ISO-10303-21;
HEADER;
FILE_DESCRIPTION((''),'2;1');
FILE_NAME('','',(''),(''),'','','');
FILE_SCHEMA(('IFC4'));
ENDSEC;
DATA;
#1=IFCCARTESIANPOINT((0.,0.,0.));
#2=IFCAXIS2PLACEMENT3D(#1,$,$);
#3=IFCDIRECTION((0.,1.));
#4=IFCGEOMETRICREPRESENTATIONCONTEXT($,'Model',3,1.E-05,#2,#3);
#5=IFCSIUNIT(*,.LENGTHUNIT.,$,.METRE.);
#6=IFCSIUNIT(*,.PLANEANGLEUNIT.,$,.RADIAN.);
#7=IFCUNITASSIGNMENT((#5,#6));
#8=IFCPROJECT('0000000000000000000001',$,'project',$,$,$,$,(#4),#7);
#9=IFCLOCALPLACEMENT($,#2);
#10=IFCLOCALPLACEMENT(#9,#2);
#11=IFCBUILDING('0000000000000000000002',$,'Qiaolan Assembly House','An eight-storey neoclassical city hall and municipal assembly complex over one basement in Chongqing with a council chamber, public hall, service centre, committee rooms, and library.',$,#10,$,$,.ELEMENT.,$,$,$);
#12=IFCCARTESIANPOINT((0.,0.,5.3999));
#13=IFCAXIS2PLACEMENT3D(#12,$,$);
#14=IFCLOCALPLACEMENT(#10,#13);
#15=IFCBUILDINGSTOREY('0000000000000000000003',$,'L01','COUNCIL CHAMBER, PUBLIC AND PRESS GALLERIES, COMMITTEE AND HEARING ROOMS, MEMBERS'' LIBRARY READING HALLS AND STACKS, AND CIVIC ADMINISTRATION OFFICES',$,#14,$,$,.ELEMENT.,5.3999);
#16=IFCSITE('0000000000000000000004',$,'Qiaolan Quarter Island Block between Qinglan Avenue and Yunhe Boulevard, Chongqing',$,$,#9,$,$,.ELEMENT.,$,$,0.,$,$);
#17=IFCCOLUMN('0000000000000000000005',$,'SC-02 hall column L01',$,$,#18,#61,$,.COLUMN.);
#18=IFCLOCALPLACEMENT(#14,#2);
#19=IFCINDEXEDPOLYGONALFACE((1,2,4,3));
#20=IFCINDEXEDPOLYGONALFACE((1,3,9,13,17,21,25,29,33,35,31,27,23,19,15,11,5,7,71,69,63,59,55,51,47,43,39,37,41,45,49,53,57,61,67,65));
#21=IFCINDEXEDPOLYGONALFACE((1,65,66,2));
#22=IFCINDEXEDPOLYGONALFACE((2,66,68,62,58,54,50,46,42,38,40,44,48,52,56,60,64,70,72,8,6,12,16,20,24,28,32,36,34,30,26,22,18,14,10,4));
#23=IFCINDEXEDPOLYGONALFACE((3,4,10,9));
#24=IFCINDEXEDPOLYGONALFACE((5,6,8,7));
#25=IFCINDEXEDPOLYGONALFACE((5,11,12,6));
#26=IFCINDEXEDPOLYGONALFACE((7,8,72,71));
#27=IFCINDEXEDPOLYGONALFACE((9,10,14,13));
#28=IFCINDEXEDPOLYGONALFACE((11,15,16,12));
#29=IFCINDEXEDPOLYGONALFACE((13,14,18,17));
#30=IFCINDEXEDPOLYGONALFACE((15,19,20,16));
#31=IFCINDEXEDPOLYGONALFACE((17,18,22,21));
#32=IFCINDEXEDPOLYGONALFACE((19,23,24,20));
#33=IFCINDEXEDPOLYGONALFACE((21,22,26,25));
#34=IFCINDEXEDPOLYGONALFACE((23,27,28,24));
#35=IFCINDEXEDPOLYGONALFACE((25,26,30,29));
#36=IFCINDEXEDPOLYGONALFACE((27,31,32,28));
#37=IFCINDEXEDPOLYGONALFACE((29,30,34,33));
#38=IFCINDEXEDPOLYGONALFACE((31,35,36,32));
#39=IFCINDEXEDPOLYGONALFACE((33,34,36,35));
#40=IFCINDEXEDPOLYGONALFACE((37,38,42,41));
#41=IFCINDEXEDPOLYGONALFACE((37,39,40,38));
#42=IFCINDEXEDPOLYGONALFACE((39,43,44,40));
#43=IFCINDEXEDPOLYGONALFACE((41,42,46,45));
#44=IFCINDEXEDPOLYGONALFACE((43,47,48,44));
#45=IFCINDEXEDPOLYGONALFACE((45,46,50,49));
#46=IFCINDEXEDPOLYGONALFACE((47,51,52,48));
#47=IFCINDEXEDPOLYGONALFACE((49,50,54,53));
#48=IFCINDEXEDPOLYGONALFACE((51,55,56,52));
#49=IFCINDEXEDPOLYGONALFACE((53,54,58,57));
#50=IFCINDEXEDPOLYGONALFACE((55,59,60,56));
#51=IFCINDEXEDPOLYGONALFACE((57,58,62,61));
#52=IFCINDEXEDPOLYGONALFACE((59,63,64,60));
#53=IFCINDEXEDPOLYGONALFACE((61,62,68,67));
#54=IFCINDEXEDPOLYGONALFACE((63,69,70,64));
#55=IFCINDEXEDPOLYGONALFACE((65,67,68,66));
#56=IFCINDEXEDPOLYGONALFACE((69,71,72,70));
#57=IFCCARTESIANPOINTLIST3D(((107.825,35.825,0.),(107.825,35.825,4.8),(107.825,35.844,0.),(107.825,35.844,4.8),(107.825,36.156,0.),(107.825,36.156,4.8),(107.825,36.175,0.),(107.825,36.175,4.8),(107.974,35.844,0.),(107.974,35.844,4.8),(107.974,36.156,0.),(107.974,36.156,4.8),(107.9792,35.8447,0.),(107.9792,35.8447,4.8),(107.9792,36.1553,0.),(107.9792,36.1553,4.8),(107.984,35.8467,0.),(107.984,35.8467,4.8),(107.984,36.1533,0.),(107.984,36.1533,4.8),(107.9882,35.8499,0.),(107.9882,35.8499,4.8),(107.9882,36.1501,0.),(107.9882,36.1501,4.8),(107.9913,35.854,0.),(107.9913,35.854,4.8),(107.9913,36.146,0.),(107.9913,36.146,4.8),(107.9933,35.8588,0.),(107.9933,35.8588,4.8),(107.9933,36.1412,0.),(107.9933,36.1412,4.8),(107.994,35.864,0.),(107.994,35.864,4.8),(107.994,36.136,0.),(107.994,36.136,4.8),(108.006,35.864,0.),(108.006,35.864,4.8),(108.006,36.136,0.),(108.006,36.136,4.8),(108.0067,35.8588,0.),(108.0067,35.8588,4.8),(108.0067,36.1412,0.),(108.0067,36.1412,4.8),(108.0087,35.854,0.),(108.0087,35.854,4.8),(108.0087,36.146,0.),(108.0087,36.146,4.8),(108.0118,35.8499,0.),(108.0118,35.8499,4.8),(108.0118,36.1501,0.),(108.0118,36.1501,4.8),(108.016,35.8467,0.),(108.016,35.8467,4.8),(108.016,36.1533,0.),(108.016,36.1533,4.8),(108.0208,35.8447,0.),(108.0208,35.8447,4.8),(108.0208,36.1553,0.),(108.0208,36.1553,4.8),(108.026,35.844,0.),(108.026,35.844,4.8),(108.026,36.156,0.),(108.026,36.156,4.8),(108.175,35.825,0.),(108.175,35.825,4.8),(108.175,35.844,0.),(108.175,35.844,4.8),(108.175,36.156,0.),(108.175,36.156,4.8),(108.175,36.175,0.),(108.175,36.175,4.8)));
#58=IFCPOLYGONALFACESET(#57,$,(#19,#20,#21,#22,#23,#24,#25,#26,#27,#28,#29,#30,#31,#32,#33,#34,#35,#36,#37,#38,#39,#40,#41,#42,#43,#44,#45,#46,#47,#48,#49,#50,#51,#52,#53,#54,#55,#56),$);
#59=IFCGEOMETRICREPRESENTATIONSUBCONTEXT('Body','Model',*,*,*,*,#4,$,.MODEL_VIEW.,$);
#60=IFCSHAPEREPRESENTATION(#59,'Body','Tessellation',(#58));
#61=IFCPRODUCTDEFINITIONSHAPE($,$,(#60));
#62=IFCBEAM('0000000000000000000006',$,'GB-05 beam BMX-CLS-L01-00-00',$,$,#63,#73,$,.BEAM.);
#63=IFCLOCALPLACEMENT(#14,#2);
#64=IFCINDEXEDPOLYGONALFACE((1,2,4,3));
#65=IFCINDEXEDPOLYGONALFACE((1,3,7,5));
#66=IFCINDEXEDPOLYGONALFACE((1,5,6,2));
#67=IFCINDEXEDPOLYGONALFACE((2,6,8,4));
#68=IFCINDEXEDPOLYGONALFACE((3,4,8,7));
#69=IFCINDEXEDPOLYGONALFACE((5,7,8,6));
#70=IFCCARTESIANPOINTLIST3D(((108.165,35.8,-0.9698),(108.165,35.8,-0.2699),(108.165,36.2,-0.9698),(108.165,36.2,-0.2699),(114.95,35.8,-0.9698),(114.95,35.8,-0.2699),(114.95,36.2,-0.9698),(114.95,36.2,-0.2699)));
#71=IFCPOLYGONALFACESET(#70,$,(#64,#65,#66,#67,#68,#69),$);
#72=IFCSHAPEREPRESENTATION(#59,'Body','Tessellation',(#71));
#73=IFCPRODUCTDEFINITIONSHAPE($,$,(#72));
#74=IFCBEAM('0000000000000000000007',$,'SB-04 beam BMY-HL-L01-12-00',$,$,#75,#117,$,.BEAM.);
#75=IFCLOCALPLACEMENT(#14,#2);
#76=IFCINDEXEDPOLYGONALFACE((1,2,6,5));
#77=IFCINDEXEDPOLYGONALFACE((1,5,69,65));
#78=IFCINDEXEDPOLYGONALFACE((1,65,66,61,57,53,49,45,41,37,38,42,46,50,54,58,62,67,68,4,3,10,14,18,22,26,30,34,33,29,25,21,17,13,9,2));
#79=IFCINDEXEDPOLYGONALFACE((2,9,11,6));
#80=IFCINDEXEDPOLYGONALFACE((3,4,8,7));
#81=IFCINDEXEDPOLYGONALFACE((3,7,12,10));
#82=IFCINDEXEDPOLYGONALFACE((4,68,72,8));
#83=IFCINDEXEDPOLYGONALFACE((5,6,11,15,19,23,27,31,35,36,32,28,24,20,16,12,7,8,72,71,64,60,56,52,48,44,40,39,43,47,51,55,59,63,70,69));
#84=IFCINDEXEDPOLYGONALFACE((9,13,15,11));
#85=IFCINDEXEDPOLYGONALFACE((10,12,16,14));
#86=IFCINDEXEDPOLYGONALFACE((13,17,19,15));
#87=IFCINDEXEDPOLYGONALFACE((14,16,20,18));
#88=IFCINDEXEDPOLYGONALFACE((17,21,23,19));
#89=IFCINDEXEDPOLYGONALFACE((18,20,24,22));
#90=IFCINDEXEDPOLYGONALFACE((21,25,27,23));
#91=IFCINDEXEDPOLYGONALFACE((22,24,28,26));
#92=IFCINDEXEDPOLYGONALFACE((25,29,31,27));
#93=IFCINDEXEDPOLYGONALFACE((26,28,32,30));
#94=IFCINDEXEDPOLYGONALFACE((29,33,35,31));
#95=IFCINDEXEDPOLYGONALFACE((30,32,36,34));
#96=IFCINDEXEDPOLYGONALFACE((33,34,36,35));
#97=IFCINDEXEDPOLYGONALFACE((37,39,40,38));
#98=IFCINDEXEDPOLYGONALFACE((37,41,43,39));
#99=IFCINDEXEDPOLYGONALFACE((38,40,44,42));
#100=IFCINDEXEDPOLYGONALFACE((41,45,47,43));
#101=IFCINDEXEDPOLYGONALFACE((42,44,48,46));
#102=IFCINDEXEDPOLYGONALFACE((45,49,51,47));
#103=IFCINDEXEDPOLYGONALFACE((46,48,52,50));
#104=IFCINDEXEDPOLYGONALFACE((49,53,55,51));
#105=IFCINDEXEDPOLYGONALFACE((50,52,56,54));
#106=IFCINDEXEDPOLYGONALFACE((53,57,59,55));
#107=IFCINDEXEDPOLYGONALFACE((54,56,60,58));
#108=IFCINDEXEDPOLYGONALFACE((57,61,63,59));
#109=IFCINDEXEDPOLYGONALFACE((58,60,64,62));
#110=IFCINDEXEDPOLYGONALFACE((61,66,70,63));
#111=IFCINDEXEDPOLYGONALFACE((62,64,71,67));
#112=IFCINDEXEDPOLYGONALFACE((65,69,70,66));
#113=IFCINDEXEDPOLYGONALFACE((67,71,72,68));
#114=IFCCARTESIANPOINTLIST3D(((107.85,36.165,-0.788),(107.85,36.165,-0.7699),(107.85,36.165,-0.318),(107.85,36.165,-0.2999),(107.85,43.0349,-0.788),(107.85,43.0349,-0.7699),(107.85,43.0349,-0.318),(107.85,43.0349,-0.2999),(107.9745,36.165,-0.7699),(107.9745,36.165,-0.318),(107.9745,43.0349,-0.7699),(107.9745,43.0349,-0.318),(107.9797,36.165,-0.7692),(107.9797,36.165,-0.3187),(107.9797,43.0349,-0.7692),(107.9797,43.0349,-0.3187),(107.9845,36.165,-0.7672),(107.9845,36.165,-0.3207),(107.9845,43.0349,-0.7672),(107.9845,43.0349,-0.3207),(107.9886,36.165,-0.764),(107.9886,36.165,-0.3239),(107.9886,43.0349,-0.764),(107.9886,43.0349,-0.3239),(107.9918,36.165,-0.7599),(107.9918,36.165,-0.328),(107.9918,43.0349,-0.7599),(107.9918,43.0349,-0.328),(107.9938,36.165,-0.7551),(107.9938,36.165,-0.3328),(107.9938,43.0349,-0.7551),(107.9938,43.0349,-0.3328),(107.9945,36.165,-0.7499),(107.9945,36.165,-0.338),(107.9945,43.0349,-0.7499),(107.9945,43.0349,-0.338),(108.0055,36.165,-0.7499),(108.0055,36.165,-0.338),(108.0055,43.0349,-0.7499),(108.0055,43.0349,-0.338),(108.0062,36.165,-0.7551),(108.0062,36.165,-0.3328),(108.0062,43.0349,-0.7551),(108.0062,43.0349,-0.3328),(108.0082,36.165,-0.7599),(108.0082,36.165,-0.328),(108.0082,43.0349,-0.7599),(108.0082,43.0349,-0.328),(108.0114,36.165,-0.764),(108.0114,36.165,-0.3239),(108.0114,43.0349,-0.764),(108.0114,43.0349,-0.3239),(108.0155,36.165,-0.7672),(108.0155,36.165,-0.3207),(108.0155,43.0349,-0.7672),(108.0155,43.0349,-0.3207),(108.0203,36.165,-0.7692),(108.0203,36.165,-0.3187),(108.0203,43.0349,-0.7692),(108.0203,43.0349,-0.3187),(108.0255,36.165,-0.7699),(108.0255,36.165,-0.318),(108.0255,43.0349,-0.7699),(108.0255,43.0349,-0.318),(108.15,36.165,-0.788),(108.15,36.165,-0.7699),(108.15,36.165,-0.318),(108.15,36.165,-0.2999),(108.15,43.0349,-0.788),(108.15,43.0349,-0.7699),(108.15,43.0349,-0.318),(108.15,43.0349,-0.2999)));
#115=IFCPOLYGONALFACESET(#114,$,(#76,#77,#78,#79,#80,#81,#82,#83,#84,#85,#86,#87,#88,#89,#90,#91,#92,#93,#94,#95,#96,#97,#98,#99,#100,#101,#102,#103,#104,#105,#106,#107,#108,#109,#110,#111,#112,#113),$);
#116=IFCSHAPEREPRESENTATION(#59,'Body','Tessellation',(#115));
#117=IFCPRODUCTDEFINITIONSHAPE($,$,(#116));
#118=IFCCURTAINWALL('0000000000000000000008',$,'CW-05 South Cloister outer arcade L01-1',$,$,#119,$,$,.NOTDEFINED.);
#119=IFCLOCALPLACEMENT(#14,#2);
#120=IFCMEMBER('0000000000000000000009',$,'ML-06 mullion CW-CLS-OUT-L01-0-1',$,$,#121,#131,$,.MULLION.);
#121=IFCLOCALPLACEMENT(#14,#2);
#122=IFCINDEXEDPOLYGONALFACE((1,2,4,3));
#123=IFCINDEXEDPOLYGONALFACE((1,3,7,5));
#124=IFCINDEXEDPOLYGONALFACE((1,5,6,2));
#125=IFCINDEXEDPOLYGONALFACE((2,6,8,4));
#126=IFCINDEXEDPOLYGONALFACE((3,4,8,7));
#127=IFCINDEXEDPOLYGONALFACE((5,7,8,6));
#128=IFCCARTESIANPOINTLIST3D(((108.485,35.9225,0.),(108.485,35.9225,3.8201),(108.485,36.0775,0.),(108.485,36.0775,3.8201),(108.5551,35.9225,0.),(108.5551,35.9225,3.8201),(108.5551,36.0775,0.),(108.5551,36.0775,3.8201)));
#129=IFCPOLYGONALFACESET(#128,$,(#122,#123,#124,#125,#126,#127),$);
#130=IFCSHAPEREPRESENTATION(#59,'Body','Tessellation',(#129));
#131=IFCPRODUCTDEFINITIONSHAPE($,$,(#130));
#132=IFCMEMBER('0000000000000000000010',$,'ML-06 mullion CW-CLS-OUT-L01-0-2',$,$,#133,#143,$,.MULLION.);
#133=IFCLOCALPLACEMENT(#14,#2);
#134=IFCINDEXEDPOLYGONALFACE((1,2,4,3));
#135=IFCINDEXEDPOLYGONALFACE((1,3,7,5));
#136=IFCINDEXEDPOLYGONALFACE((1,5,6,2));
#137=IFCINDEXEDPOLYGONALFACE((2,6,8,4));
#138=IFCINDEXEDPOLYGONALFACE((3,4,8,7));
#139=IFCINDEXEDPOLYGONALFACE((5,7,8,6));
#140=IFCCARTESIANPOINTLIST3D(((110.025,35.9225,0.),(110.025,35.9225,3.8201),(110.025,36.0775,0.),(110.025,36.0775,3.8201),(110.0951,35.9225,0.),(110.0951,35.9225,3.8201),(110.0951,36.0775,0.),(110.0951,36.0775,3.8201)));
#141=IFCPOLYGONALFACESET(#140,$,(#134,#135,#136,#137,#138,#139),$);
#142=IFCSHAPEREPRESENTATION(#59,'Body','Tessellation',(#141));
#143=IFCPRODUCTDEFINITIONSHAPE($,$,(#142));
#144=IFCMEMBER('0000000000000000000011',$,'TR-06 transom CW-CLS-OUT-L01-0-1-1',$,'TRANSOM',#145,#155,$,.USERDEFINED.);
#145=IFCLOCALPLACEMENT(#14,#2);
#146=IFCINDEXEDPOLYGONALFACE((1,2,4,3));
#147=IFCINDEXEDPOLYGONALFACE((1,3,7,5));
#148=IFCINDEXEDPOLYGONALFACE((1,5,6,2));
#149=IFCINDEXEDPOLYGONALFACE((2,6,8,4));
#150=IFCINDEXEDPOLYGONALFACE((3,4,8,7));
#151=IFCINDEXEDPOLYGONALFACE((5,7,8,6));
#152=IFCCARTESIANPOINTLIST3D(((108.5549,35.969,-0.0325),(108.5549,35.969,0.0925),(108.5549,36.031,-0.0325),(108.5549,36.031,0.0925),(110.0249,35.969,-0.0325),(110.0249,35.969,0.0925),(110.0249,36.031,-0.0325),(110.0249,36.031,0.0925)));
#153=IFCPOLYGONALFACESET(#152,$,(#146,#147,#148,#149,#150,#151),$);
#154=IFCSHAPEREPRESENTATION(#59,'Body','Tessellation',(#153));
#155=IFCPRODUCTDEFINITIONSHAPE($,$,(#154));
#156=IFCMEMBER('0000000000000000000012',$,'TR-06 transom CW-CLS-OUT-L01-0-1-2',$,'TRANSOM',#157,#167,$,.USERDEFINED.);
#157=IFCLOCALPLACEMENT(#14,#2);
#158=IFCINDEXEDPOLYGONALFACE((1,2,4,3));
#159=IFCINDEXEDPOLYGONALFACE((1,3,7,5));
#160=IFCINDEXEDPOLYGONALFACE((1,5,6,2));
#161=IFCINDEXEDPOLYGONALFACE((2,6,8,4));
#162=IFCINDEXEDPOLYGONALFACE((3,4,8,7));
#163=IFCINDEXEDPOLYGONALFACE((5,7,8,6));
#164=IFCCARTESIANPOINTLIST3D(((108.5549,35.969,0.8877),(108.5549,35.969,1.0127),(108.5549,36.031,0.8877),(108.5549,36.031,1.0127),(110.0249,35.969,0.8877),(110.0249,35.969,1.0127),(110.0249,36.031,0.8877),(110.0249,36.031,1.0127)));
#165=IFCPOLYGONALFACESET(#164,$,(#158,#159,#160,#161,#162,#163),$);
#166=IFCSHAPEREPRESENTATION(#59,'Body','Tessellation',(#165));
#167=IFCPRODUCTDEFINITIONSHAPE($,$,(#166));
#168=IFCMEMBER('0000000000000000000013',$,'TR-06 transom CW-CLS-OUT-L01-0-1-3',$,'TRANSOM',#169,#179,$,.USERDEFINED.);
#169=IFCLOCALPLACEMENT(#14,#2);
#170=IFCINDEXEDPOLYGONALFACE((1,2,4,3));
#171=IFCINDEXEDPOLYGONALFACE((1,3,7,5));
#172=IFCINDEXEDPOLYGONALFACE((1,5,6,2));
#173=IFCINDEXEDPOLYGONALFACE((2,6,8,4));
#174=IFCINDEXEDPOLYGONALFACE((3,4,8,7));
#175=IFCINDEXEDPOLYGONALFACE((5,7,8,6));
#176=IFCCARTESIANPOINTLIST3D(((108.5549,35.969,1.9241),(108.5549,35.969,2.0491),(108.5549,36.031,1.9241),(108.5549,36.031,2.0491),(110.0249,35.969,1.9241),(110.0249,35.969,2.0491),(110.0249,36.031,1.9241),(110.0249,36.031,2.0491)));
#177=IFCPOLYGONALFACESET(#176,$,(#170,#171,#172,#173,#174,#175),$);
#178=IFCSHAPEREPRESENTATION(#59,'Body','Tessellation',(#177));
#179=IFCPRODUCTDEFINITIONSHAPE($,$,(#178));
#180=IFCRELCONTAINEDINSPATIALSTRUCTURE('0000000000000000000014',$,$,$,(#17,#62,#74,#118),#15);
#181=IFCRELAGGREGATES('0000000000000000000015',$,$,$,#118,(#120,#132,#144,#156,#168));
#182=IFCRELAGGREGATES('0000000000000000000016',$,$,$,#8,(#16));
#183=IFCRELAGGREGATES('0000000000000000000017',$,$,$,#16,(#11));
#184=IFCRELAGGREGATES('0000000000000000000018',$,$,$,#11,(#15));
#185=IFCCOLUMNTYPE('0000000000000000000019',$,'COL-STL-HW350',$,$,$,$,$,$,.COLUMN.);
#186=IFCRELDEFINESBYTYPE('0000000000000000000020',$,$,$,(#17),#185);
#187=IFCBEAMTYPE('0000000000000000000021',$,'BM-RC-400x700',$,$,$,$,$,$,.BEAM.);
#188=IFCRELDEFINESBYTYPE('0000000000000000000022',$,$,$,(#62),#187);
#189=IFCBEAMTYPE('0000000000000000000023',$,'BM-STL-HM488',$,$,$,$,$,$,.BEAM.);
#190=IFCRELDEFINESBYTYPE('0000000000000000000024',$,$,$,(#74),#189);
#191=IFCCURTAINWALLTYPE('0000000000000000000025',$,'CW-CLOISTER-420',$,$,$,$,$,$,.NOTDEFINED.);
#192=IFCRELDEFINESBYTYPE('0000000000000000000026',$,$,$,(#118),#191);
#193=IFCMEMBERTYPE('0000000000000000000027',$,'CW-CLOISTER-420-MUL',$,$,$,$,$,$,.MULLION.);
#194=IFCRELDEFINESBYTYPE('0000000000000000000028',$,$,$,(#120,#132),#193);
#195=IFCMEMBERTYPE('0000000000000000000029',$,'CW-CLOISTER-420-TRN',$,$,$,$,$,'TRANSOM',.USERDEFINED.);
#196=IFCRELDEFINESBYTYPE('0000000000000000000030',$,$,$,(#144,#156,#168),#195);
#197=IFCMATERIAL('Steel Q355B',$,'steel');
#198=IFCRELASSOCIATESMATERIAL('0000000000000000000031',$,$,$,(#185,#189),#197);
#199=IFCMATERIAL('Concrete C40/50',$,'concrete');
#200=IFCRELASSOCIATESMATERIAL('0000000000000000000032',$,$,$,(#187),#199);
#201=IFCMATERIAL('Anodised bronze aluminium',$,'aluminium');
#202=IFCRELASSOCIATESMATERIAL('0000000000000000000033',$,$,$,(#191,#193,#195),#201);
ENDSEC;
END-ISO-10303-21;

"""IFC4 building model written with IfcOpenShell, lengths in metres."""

from ifc_helpers import new_model, si_unit, direction, frame, origin, origin_2d, place, context, subcontext, project, spatial, rectangle, i_section, extrude, material, material_profile, profile_set, type_object, element, aggregate, save


model = new_model("IFC4")

# Units and contexts
model_context = context("Model", 3, precision=1e-05, world=origin(), true_north=direction((0.0, 1.0)))
body_context = subcontext(model_context, "Body", "Model", "MODEL_VIEW")
ifc_project = project(units=[si_unit("LENGTHUNIT", "METRE"), si_unit("PLANEANGLEUNIT", "RADIAN")], contexts=[model_context])

# Site, building, storey
site_placement = place(None, origin())
site = spatial("IfcSite", under=ifc_project, at=site_placement, Name="Qiaolan Quarter Island Block between Qinglan Avenue and Yunhe Boulevard, Chongqing", CompositionType="ELEMENT", RefElevation=0.0)
building_placement = place(site_placement, origin())
building = spatial("IfcBuilding", under=site, at=building_placement, Name="Qiaolan Assembly House", Description="An eight-storey neoclassical city hall and municipal assembly complex over one basement in Chongqing with a council chamber, public hall, service centre, committee rooms, and library.", CompositionType="ELEMENT")
storey_placement = place(building_placement, frame((0.0, 0.0, 5.3999)))
storey = spatial("IfcBuildingStorey", under=building, at=storey_placement, Name="L01", Description="COUNCIL CHAMBER, PUBLIC AND PRESS GALLERIES, COMMITTEE AND HEARING ROOMS, MEMBERS' LIBRARY READING HALLS AND STACKS, AND CIVIC ADMINISTRATION OFFICES", CompositionType="ELEMENT", Elevation=5.3999)

# Column
ifc_material_1 = material(Name="Steel Q355B", Category="steel")
ifc_material_profile_1 = material_profile(ifc_material_1, i_section(OverallWidth=0.3501, OverallDepth=0.3501, WebThickness=0.012, FlangeThickness=0.019, FilletRadius=0.02, at=origin_2d()), Name="HW 350x350x12x19")
ifc_profile_set_1 = profile_set([ifc_material_profile_1], Name="Steel Q355B")
column_type = type_object("IfcColumnType", Name="COL-STL-HW350", PredefinedType="COLUMN", material=ifc_profile_set_1)
column_placement = place(storey_placement, frame((108.0, 36.0, 0.0), z_axis=(0.0, 0.0, 1.0), x_axis=(1.0, 0.0, 0.0)))
element("IfcColumn", 1, at=column_placement, inside=storey, type_object=column_type, Name="SC-02 hall column L01", PredefinedType="COLUMN", context=body_context, shape_type="SweptSolid", body=[
    extrude(i_section(OverallWidth=0.3501, OverallDepth=0.3501, WebThickness=0.012, FlangeThickness=0.019, FilletRadius=0.02, at=origin_2d()), origin(), (0.0, 0.0, 1.0), 4.8),
])

# Beams
ifc_material_2 = material(Name="Concrete C40/50", Category="concrete")
ifc_material_profile_2 = material_profile(ifc_material_2, rectangle(XDim=0.3999, YDim=0.7, at=origin_2d()), Name="RCB 400x700")
ifc_profile_set_2 = profile_set([ifc_material_profile_2], Name="Concrete C40/50")
beam_type_1 = type_object("IfcBeamType", Name="BM-RC-400x700", PredefinedType="BEAM", material=ifc_profile_set_2)
beam_1_placement = place(storey_placement, frame((108.165, 36.0, -0.6199), z_axis=(1.0, 0.0, 0.0), x_axis=(0.0, 1.0, 0.0)))
element("IfcBeam", 2, at=beam_1_placement, inside=storey, type_object=beam_type_1, Name="GB-05 beam BMX-CLS-L01-00-00", PredefinedType="BEAM", context=body_context, shape_type="SweptSolid", body=[
    extrude(rectangle(XDim=0.3999, YDim=0.7, at=origin_2d()), origin(), (0.0, 0.0, 1.0), 6.7849),
])
ifc_material_profile_3 = material_profile(ifc_material_1, i_section(OverallWidth=0.3, OverallDepth=0.488, WebThickness=0.011, FlangeThickness=0.0181, FilletRadius=0.02, at=origin_2d()), Name="HM 488x300x11x18")
ifc_profile_set_3 = profile_set([ifc_material_profile_3], Name="Steel Q355B")
beam_type_2 = type_object("IfcBeamType", Name="BM-STL-HM488", PredefinedType="BEAM", material=ifc_profile_set_3)
beam_2_placement = place(storey_placement, frame((108.0, 36.165, -0.5439), z_axis=(0.0, 1.0, 0.0), x_axis=(-1.0, 0.0, 0.0)))
element("IfcBeam", 3, at=beam_2_placement, inside=storey, type_object=beam_type_2, Name="SB-04 beam BMY-HL-L01-12-00", PredefinedType="BEAM", context=body_context, shape_type="SweptSolid", body=[
    extrude(i_section(OverallWidth=0.3, OverallDepth=0.488, WebThickness=0.011, FlangeThickness=0.0181, FilletRadius=0.02, at=origin_2d()), origin(), (0.0, 0.0, 1.0), 6.8699),
])

# Curtain wall, members
ifc_material_3 = material(Name="Anodised bronze aluminium", Category="aluminium")
curtain_wall_type_1 = type_object("IfcCurtainWallType", Name="CW-CLOISTER-420", PredefinedType="NOTDEFINED", material=ifc_material_3)
curtain_wall_1_placement = place(storey_placement, origin())
curtain_wall_1 = element("IfcCurtainWall", 4, at=curtain_wall_1_placement, inside=storey, type_object=curtain_wall_type_1, Name="CW-05 South Cloister outer arcade L01-1", PredefinedType="NOTDEFINED")
ifc_material_profile_4 = material_profile(ifc_material_3, rectangle(XDim=0.0701, YDim=0.155, at=origin_2d()), Name="MUL 70x155")
ifc_profile_set_4 = profile_set([ifc_material_profile_4], Name="Anodised bronze aluminium")
member_type_1 = type_object("IfcMemberType", Name="CW-CLOISTER-420-MUL", PredefinedType="MULLION", material=ifc_profile_set_4)
member_1_placement = place(storey_placement, frame((108.52, 36.0, 0.0), z_axis=(0.0, 0.0, 1.0), x_axis=(1.0, 0.0, 0.0)))
member_1 = element("IfcMember", 5, at=member_1_placement, type_object=member_type_1, Name="ML-06 mullion CW-CLS-OUT-L01-0-1", PredefinedType="MULLION", context=body_context, shape_type="SweptSolid", body=[
    extrude(rectangle(XDim=0.0701, YDim=0.155, at=origin_2d()), origin(), (0.0, 0.0, 1.0), 3.8201),
])
member_2_placement = place(storey_placement, frame((110.0601, 36.0, 0.0), z_axis=(0.0, 0.0, 1.0), x_axis=(1.0, 0.0, 0.0)))
member_2 = element("IfcMember", 6, at=member_2_placement, type_object=member_type_1, Name="ML-06 mullion CW-CLS-OUT-L01-0-2", PredefinedType="MULLION", context=body_context, shape_type="SweptSolid", body=[
    extrude(rectangle(XDim=0.0701, YDim=0.155, at=origin_2d()), origin(), (0.0, 0.0, 1.0), 3.8201),
])
ifc_material_profile_5 = material_profile(ifc_material_3, rectangle(XDim=0.062, YDim=0.125, at=origin_2d()), Name="TRN 62x125")
ifc_profile_set_5 = profile_set([ifc_material_profile_5], Name="Anodised bronze aluminium")
member_type_2 = type_object("IfcMemberType", Name="CW-CLOISTER-420-TRN", ElementType="TRANSOM", PredefinedType="USERDEFINED", material=ifc_profile_set_5)
member_3_placement = place(storey_placement, frame((108.5549, 36.0, 0.03), z_axis=(1.0, 0.0, 0.0), x_axis=(0.0, 1.0, 0.0)))
member_3 = element("IfcMember", 7, at=member_3_placement, type_object=member_type_2, Name="TR-06 transom CW-CLS-OUT-L01-0-1-1", ObjectType="TRANSOM", PredefinedType="USERDEFINED", context=body_context, shape_type="SweptSolid", body=[
    extrude(rectangle(XDim=0.062, YDim=0.125, at=origin_2d()), origin(), (0.0, 0.0, 1.0), 1.47),
])
member_4_placement = place(storey_placement, frame((108.5549, 36.0, 0.9502), z_axis=(1.0, 0.0, 0.0), x_axis=(0.0, 1.0, 0.0)))
member_4 = element("IfcMember", 8, at=member_4_placement, type_object=member_type_2, Name="TR-06 transom CW-CLS-OUT-L01-0-1-2", ObjectType="TRANSOM", PredefinedType="USERDEFINED", context=body_context, shape_type="SweptSolid", body=[
    extrude(rectangle(XDim=0.062, YDim=0.125, at=origin_2d()), origin(), (0.0, 0.0, 1.0), 1.47),
])
member_5_placement = place(storey_placement, frame((108.5549, 36.0, 1.9866), z_axis=(1.0, 0.0, 0.0), x_axis=(0.0, 1.0, 0.0)))
member_5 = element("IfcMember", 9, at=member_5_placement, type_object=member_type_2, Name="TR-06 transom CW-CLS-OUT-L01-0-1-3", ObjectType="TRANSOM", PredefinedType="USERDEFINED", context=body_context, shape_type="SweptSolid", body=[
    extrude(rectangle(XDim=0.062, YDim=0.125, at=origin_2d()), origin(), (0.0, 0.0, 1.0), 1.47),
])

aggregate(curtain_wall_1, [member_1, member_2, member_3, member_4, member_5])

save(model, "model.ifc")
